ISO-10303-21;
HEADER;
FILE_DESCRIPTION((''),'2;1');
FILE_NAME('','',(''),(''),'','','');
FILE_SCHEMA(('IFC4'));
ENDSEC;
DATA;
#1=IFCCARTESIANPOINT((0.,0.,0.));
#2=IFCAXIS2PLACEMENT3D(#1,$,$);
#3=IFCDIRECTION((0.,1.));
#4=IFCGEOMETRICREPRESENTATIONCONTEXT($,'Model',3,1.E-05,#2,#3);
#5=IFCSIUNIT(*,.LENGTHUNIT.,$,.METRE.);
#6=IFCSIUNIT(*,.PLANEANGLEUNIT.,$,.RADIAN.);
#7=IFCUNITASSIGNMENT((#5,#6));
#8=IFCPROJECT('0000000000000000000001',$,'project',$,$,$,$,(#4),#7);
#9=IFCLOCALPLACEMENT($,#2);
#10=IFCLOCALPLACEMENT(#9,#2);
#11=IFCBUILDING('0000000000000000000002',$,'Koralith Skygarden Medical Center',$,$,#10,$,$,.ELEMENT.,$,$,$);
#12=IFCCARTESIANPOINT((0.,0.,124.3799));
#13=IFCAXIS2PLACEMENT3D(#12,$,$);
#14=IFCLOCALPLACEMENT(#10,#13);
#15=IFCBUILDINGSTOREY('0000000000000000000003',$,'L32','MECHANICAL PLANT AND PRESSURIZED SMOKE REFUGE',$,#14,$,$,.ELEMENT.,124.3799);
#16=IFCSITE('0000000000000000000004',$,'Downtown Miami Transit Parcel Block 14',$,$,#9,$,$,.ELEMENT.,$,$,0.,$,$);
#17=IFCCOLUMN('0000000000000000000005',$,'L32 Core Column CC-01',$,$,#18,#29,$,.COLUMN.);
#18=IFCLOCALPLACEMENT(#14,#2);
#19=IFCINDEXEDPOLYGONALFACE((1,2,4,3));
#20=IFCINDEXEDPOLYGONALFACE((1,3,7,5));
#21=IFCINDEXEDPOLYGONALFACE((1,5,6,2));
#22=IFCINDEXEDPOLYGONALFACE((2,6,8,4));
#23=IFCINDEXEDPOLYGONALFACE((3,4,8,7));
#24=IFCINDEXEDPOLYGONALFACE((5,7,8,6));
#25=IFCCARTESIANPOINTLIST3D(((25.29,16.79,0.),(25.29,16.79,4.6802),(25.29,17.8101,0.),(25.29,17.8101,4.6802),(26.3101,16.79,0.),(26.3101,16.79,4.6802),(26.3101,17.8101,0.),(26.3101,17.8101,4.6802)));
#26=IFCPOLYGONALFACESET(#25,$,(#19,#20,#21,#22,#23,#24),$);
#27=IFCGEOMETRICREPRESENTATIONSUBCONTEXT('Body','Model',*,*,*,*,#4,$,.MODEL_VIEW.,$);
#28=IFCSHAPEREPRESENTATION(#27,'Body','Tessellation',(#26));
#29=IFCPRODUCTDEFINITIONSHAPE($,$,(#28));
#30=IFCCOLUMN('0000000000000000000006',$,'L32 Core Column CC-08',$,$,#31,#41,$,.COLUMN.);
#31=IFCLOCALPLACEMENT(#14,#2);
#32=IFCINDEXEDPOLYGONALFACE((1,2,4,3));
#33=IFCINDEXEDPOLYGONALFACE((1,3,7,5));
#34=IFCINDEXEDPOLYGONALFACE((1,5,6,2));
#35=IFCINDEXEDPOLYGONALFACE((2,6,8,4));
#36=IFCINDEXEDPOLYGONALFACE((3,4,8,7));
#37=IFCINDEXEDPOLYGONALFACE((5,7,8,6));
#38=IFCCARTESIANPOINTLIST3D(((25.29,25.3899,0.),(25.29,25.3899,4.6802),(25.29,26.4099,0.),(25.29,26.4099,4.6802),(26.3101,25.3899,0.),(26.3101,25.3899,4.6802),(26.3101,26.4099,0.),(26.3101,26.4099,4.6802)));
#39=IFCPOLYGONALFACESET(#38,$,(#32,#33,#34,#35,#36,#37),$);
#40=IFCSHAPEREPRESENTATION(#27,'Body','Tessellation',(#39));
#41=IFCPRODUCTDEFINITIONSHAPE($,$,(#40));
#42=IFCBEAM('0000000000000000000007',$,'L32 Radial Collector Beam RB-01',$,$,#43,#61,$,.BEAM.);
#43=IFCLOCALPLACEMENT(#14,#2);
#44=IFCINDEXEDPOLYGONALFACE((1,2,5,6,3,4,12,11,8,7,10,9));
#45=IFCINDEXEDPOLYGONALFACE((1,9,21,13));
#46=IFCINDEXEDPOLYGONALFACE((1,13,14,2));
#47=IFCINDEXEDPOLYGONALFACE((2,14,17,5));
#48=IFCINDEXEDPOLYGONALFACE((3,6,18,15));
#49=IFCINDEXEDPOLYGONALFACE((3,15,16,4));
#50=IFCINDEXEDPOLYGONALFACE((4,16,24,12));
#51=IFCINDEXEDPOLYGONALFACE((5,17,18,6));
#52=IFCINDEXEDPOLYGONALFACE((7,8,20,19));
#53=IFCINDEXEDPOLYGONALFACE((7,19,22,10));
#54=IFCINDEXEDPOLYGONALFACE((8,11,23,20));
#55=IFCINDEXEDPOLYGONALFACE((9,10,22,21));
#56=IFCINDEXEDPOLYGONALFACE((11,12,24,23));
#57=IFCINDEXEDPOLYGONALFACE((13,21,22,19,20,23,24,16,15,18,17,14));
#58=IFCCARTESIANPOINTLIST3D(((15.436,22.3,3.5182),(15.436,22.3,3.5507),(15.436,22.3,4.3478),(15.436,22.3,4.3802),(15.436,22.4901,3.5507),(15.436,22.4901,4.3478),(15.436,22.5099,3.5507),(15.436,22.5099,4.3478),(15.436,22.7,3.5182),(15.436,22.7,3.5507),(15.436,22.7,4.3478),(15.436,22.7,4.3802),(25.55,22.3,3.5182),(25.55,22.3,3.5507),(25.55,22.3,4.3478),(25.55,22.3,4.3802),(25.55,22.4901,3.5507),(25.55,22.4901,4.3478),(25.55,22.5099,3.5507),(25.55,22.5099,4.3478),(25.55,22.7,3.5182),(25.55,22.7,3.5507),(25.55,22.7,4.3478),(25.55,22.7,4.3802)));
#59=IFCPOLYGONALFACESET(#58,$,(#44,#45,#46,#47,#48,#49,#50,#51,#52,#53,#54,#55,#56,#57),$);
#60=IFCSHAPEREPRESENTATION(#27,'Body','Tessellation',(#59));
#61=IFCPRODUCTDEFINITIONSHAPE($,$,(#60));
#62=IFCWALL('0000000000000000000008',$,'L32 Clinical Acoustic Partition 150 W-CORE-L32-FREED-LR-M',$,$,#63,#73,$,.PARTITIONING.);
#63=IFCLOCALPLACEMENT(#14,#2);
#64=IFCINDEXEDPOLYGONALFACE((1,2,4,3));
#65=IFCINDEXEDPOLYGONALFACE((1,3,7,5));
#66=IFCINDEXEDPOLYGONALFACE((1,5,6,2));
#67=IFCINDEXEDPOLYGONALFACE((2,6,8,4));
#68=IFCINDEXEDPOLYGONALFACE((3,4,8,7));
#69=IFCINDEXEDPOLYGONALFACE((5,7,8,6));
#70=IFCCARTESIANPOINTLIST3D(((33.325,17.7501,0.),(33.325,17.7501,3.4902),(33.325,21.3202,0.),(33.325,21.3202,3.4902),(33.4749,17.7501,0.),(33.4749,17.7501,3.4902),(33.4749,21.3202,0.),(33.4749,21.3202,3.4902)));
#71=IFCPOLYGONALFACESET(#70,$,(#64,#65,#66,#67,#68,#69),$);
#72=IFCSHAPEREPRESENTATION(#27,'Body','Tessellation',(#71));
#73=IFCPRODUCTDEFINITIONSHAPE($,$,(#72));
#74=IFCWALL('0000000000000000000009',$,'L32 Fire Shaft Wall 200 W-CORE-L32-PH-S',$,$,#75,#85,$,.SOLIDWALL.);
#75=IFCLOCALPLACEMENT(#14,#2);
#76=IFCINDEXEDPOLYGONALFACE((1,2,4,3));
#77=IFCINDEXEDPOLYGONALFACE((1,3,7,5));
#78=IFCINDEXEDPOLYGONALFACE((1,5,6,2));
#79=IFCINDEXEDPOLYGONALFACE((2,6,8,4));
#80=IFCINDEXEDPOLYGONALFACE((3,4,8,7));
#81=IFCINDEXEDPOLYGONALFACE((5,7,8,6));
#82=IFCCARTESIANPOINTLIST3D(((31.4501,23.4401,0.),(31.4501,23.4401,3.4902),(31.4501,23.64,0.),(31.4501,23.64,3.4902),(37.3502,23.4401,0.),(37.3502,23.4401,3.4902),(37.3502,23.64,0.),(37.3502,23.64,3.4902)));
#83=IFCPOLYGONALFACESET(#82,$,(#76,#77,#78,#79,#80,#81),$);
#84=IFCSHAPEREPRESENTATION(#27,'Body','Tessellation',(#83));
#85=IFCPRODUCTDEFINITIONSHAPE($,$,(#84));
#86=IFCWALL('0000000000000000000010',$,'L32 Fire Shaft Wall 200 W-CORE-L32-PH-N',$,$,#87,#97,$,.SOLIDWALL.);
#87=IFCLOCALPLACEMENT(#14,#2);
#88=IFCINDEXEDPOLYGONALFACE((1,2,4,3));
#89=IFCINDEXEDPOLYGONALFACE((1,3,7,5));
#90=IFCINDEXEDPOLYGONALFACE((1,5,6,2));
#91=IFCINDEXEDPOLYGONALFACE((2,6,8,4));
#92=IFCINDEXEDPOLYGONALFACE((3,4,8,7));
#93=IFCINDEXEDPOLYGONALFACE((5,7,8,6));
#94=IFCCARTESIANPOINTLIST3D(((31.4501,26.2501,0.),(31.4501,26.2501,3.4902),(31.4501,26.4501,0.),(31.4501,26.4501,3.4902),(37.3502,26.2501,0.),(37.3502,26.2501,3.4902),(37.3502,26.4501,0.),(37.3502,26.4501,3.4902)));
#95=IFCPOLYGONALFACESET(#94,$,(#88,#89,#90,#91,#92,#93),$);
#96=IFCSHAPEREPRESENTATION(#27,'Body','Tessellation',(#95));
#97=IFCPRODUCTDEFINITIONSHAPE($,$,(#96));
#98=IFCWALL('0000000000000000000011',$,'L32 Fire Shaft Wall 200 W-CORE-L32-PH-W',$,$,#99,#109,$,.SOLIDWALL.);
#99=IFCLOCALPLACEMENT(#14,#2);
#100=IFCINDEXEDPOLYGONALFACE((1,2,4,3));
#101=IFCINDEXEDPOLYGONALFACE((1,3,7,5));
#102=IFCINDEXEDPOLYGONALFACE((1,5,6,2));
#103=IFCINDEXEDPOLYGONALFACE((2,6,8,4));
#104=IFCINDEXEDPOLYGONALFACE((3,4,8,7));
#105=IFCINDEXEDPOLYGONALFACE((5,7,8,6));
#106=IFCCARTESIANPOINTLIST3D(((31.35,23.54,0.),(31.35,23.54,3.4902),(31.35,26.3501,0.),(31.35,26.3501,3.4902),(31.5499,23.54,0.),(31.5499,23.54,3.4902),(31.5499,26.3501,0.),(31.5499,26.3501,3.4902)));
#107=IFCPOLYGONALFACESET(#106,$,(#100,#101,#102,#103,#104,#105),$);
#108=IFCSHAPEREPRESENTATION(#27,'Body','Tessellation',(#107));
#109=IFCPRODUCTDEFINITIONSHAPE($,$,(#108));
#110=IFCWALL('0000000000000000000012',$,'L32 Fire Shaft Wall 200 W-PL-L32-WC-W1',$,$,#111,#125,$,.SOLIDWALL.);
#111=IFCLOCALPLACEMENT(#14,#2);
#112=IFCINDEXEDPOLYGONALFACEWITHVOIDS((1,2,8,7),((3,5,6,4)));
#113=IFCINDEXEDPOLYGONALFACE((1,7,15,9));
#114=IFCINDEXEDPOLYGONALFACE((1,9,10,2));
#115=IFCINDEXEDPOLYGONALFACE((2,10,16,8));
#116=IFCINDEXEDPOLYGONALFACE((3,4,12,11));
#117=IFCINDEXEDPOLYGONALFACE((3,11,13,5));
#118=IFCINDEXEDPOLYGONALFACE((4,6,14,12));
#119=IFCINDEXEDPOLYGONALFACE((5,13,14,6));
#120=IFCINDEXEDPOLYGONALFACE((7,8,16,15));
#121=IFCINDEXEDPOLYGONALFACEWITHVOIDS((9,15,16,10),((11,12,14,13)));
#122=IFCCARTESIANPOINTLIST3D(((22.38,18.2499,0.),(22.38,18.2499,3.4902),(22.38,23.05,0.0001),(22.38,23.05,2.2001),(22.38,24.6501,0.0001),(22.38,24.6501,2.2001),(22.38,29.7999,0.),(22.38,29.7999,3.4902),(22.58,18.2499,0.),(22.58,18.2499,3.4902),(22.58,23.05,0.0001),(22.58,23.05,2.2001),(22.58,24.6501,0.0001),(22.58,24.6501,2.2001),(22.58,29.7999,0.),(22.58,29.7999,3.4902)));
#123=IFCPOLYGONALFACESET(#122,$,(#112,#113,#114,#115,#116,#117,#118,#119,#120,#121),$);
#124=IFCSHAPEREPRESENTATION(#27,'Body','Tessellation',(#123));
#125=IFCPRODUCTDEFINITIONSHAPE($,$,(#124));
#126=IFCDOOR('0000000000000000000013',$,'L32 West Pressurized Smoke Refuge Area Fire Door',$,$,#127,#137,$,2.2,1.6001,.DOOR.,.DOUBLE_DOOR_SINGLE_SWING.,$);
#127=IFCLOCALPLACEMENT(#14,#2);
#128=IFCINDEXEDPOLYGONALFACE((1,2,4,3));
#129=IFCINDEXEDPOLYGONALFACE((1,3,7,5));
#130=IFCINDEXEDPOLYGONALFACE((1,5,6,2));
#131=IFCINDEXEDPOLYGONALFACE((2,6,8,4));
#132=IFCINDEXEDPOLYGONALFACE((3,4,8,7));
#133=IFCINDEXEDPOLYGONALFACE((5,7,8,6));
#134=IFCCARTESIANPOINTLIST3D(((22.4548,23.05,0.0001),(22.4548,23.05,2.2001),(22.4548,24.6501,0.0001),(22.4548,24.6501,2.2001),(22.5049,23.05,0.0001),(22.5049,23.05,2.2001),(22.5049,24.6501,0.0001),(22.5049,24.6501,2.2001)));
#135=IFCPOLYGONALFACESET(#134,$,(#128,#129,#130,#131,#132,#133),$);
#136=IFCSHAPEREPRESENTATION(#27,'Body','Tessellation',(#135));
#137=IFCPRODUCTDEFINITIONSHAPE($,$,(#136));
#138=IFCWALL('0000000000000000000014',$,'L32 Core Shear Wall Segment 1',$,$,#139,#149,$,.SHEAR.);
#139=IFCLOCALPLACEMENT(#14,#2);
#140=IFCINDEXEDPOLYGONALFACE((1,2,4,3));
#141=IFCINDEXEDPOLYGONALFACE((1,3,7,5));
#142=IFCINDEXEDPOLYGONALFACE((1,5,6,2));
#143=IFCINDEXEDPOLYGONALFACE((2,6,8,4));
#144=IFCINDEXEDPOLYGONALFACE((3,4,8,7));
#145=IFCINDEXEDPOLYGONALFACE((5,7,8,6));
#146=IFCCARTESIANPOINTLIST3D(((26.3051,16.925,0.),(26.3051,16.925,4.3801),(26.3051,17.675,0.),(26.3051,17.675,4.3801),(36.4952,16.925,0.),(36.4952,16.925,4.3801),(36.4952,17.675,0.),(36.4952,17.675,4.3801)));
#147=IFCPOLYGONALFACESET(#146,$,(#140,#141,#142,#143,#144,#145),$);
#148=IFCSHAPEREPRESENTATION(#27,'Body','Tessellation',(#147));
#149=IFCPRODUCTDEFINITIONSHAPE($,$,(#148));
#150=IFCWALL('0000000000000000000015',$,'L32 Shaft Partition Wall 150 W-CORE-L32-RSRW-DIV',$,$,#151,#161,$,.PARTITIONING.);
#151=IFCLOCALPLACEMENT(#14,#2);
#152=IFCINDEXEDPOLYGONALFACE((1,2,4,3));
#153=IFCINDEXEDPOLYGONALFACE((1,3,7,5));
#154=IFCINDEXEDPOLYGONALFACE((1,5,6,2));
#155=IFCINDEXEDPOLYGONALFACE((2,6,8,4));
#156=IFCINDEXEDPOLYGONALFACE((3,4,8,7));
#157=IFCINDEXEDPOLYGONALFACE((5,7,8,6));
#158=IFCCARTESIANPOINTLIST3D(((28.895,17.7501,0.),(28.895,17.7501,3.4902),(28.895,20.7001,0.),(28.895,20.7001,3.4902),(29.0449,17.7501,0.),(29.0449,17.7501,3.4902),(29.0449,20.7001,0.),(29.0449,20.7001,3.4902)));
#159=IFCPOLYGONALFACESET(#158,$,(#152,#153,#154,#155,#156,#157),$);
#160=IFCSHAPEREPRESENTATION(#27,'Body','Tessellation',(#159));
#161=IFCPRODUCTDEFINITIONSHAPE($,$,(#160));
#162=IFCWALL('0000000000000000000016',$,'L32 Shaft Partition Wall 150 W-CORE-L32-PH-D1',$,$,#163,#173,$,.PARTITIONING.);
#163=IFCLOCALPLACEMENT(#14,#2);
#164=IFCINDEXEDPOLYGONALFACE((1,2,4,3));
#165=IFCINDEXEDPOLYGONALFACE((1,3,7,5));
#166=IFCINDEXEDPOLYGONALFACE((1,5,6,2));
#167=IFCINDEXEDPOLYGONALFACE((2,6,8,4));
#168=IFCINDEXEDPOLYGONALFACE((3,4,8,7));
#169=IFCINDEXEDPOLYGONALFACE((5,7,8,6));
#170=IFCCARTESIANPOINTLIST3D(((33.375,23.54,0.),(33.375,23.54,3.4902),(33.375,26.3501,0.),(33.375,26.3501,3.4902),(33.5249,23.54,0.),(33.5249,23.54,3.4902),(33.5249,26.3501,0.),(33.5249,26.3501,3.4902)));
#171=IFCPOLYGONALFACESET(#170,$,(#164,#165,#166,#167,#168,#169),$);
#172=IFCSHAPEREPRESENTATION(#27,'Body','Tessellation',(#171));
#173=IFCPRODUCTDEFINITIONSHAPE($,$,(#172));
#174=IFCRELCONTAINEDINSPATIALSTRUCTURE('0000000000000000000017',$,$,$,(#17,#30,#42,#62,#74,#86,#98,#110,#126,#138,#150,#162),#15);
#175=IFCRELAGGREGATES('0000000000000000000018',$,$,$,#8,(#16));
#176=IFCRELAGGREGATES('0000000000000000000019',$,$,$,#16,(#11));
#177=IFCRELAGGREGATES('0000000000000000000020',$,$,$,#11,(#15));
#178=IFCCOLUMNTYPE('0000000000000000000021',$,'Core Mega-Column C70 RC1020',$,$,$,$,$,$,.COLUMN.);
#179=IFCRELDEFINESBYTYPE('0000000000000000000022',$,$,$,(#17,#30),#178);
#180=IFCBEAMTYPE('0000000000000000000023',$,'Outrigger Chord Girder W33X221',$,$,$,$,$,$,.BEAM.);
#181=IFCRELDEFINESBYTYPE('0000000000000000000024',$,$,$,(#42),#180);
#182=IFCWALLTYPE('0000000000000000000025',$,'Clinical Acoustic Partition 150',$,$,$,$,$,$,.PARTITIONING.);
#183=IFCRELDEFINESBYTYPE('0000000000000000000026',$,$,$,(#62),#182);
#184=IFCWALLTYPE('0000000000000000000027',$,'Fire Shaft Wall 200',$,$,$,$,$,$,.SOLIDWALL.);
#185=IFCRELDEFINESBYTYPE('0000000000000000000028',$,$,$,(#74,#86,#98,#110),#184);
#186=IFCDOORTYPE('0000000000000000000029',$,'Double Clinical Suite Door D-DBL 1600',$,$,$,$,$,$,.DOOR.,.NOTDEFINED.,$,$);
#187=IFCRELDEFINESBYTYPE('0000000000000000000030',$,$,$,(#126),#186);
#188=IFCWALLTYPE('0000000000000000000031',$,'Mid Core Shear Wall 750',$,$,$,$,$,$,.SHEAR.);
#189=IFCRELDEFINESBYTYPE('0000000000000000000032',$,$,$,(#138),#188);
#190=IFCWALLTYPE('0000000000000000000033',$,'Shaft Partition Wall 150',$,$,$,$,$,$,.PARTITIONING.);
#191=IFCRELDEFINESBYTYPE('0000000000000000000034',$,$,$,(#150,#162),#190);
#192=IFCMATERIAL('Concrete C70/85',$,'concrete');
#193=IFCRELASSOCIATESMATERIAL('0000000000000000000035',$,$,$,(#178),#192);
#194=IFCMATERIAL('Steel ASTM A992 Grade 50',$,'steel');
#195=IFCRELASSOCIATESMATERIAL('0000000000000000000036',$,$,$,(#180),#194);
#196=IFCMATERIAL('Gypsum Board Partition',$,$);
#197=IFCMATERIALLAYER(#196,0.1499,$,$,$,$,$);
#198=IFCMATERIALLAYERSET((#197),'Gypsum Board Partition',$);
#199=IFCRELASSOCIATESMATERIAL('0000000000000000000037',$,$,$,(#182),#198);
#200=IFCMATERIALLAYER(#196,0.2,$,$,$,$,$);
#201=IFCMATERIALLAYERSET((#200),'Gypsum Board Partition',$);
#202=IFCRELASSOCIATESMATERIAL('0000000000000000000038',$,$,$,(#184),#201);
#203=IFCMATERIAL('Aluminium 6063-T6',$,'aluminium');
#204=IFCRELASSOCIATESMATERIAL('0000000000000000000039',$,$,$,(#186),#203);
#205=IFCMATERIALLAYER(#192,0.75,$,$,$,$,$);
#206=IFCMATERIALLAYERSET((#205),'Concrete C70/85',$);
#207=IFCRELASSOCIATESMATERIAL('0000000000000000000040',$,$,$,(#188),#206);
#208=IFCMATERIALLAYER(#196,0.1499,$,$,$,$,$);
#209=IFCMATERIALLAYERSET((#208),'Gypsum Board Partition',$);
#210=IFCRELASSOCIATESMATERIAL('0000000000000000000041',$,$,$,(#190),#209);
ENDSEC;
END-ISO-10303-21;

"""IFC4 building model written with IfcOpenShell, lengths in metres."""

from ifc_helpers import new_model, si_unit, direction, frame, frame_2d, origin, origin_2d, place, context, subcontext, project, spatial, rectangle, i_section, extrude, material, layer, layer_set, material_profile, profile_set, type_object, element, fill, save


model = new_model("IFC4")

# Units and contexts
model_context = context("Model", 3, precision=1e-05, world=origin(), true_north=direction((0.0, 1.0)))
body_context = subcontext(model_context, "Body", "Model", "MODEL_VIEW")
ifc_project = project(units=[si_unit("LENGTHUNIT", "METRE"), si_unit("PLANEANGLEUNIT", "RADIAN")], contexts=[model_context])

# Site, building, storey
site_placement = place(None, origin())
site = spatial("IfcSite", under=ifc_project, at=site_placement, Name="Downtown Miami Transit Parcel Block 14", CompositionType="ELEMENT", RefElevation=0.0)
building_placement = place(site_placement, origin())
building = spatial("IfcBuilding", under=site, at=building_placement, Name="Koralith Skygarden Medical Center", CompositionType="ELEMENT")
storey_placement = place(building_placement, frame((0.0, 0.0, 124.3799)))
storey = spatial("IfcBuildingStorey", under=building, at=storey_placement, Name="L32", Description="MECHANICAL PLANT AND PRESSURIZED SMOKE REFUGE", CompositionType="ELEMENT", Elevation=124.3799)

# Columns
ifc_material_1 = material(Name="Concrete C70/85", Category="concrete")
ifc_material_profile_1 = material_profile(ifc_material_1, rectangle(XDim=1.02, YDim=1.02, at=origin_2d()), Name="RC1020X1020")
ifc_profile_set_1 = profile_set([ifc_material_profile_1], Name="Concrete C70/85")
column_type = type_object("IfcColumnType", Name="Core Mega-Column C70 RC1020", PredefinedType="COLUMN", material=ifc_profile_set_1)
for number, where, z_axis, x_axis, name in (
    (1, (25.8, 17.3, 0.0), (0.0, 0.0, 1.0), (1.0, 0.0, 0.0), "L32 Core Column CC-01"),
    (2, (25.8, 25.8999, 0.0), (0.0, 0.0, 1.0), (1.0, 0.0, 0.0), "L32 Core Column CC-08"),
):
    element("IfcColumn", number, at=place(storey_placement, frame(where, z_axis=z_axis, x_axis=x_axis)), inside=storey, type_object=column_type, Name=name, PredefinedType="COLUMN", context=body_context, shape_type="SweptSolid", body=[
        extrude(rectangle(XDim=1.02, YDim=1.02, at=origin_2d()), origin(), (0.0, 0.0, 1.0), 4.6802),
    ])

# Beam
ifc_material_2 = material(Name="Steel ASTM A992 Grade 50", Category="steel")
ifc_material_profile_2 = material_profile(ifc_material_2, i_section(OverallWidth=0.3999, OverallDepth=0.8621, WebThickness=0.0198, FlangeThickness=0.0325, at=origin_2d()), Name="W33X221")
ifc_profile_set_2 = profile_set([ifc_material_profile_2], Name="Steel ASTM A992 Grade 50")
beam_type = type_object("IfcBeamType", Name="Outrigger Chord Girder W33X221", PredefinedType="BEAM", material=ifc_profile_set_2)
beam_placement = place(storey_placement, frame((25.55, 22.5, 3.9492), z_axis=(-1.0, 0.0, 0.0), x_axis=(0.0, -1.0, 0.0)))
element("IfcBeam", 3, at=beam_placement, inside=storey, type_object=beam_type, Name="L32 Radial Collector Beam RB-01", PredefinedType="BEAM", context=body_context, shape_type="SweptSolid", body=[
    extrude(i_section(OverallWidth=0.3999, OverallDepth=0.8621, WebThickness=0.0198, FlangeThickness=0.0325, at=origin_2d()), origin(), (0.0, 0.0, 1.0), 10.114),
])

# Shared definitions
ifc_material_3 = material(Name="Gypsum Board Partition")
ifc_layer_1 = layer(ifc_material_3, 0.1499)
ifc_layer_set_1 = layer_set([ifc_layer_1], Name="Gypsum Board Partition")
wall_type_1 = type_object("IfcWallType", Name="Clinical Acoustic Partition 150", PredefinedType="PARTITIONING", material=ifc_layer_set_1)
ifc_material_4 = material(Name="Aluminium 6063-T6", Category="aluminium")

# Wall
wall_1_placement = place(storey_placement, frame((33.3999, 17.75, 0.0), z_axis=(0.0, 0.0, 1.0), x_axis=(0.0, 1.0, 0.0)))
element("IfcWall", 4, at=wall_1_placement, inside=storey, type_object=wall_type_1, Name="L32 Clinical Acoustic Partition 150 W-CORE-L32-FREED-LR-M", PredefinedType="PARTITIONING", context=body_context, shape_type="SweptSolid", body=[
    extrude(rectangle(XDim=3.5701, YDim=0.1499, at=frame_2d((1.7852, 0.0))), origin(), (0.0, 0.0, 1.0), 3.4902),
])

# Shared definitions
ifc_layer_2 = layer(ifc_material_3, 0.2)
ifc_layer_set_2 = layer_set([ifc_layer_2], Name="Gypsum Board Partition")
wall_type_2 = type_object("IfcWallType", Name="Fire Shaft Wall 200", PredefinedType="SOLIDWALL", material=ifc_layer_set_2)

# Walls
for number, where, z_axis, x_axis, name in (
    (5, (31.45, 23.54, 0.0), (0.0, 0.0, 1.0), (1.0, 0.0, 0.0), "L32 Fire Shaft Wall 200 W-CORE-L32-PH-S"),
    (6, (31.45, 26.3501, 0.0), (0.0, 0.0, 1.0), (1.0, 0.0, 0.0), "L32 Fire Shaft Wall 200 W-CORE-L32-PH-N"),
):
    element("IfcWall", number, at=place(storey_placement, frame(where, z_axis=z_axis, x_axis=x_axis)), inside=storey, type_object=wall_type_2, Name=name, PredefinedType="SOLIDWALL", context=body_context, shape_type="SweptSolid", body=[
        extrude(rectangle(XDim=5.9001, YDim=0.2, at=frame_2d((2.9502, 0.0))), origin(), (0.0, 0.0, 1.0), 3.4902),
    ])
wall_2_placement = place(storey_placement, frame((31.45, 23.54, 0.0), z_axis=(0.0, 0.0, 1.0), x_axis=(0.0, 1.0, 0.0)))
element("IfcWall", 7, at=wall_2_placement, inside=storey, type_object=wall_type_2, Name="L32 Fire Shaft Wall 200 W-CORE-L32-PH-W", PredefinedType="SOLIDWALL", context=body_context, shape_type="SweptSolid", body=[
    extrude(rectangle(XDim=2.8101, YDim=0.2, at=frame_2d((1.405, 0.0))), origin(), (0.0, 0.0, 1.0), 3.4902),
])

# Wall, opening, door
wall_3_placement = place(storey_placement, frame((22.48, 18.25, 0.0), z_axis=(0.0, 0.0, 1.0), x_axis=(0.0, 1.0, 0.0)))
wall_3 = element("IfcWall", 8, at=wall_3_placement, inside=storey, type_object=wall_type_2, Name="L32 Fire Shaft Wall 200 W-PL-L32-WC-W1", PredefinedType="SOLIDWALL", context=body_context, shape_type="SweptSolid", body=[
    extrude(rectangle(XDim=11.55, YDim=0.2, at=frame_2d((5.7749, 0.0))), origin(), (0.0, 0.0, 1.0), 3.4902),
])
opening_1_placement = place(wall_3_placement, frame((4.8, 0.0, 0.0)))
opening_1 = element("IfcOpeningElement", 9, at=opening_1_placement, cuts=wall_3, PredefinedType="OPENING", context=body_context, shape_type="SweptSolid", body=[
    extrude(rectangle(XDim=1.6001, YDim=2.2, at=frame_2d((0.8, 1.1001))), frame((0.0, 0.1099, 0.0), z_axis=(0.0, -1.0, 0.0), x_axis=(1.0, 0.0, 0.0)), (0.0, 0.0, 1.0), 0.22),
])
door_type_1 = type_object("IfcDoorType", Name="Double Clinical Suite Door D-DBL 1600", OperationType="NOTDEFINED", PredefinedType="DOOR", material=ifc_material_4)
door_1_placement = place(opening_1_placement, frame((1.6001, 0.0, 0.0), z_axis=(0.0, 0.0, 1.0), x_axis=(-1.0, 0.0, 0.0)))
door_1 = element("IfcDoor", 10, at=door_1_placement, inside=storey, type_object=door_type_1, Name="L32 West Pressurized Smoke Refuge Area Fire Door", OperationType="DOUBLE_DOOR_SINGLE_SWING", OverallHeight=2.2, OverallWidth=1.6001, PredefinedType="DOOR", context=body_context, shape_type="SweptSolid", body=[
    extrude(rectangle(XDim=1.6001, YDim=2.2, at=frame_2d((0.8, 1.1001))), frame((0.0, 0.0249, 0.0), z_axis=(0.0, -1.0, 0.0), x_axis=(1.0, 0.0, 0.0)), (0.0, 0.0, 1.0), 0.05),
])
fill(opening_1, door_1)

# Wall
ifc_layer_3 = layer(ifc_material_1, 0.75)
ifc_layer_set_3 = layer_set([ifc_layer_3], Name="Concrete C70/85")
wall_type_3 = type_object("IfcWallType", Name="Mid Core Shear Wall 750", PredefinedType="SHEAR", material=ifc_layer_set_3)
wall_4_placement = place(storey_placement, frame((26.3049, 17.3, 0.0), z_axis=(0.0, 0.0, 1.0), x_axis=(1.0, 0.0, 0.0)))
element("IfcWall", 11, at=wall_4_placement, inside=storey, type_object=wall_type_3, Name="L32 Core Shear Wall Segment 1", PredefinedType="SHEAR", context=body_context, shape_type="SweptSolid", body=[
    extrude(rectangle(XDim=10.1902, YDim=0.75, at=frame_2d((5.0952, 0.0))), origin(), (0.0, 0.0, 1.0), 4.3801),
])

# Walls
ifc_layer_4 = layer(ifc_material_3, 0.1499)
ifc_layer_set_4 = layer_set([ifc_layer_4], Name="Gypsum Board Partition")
wall_type_4 = type_object("IfcWallType", Name="Shaft Partition Wall 150", PredefinedType="PARTITIONING", material=ifc_layer_set_4)
wall_5_placement = place(storey_placement, frame((28.97, 17.75, 0.0), z_axis=(0.0, 0.0, 1.0), x_axis=(0.0, 1.0, 0.0)))
element("IfcWall", 12, at=wall_5_placement, inside=storey, type_object=wall_type_4, Name="L32 Shaft Partition Wall 150 W-CORE-L32-RSRW-DIV", PredefinedType="PARTITIONING", context=body_context, shape_type="SweptSolid", body=[
    extrude(rectangle(XDim=2.95, YDim=0.1499, at=frame_2d((1.4751, 0.0))), origin(), (0.0, 0.0, 1.0), 3.4902),
])
wall_6_placement = place(storey_placement, frame((33.45, 23.54, 0.0), z_axis=(0.0, 0.0, 1.0), x_axis=(0.0, 1.0, 0.0)))
element("IfcWall", 13, at=wall_6_placement, inside=storey, type_object=wall_type_4, Name="L32 Shaft Partition Wall 150 W-CORE-L32-PH-D1", PredefinedType="PARTITIONING", context=body_context, shape_type="SweptSolid", body=[
    extrude(rectangle(XDim=2.8101, YDim=0.1499, at=frame_2d((1.405, 0.0))), origin(), (0.0, 0.0, 1.0), 3.4902),
])

save(model, "model.ifc")
